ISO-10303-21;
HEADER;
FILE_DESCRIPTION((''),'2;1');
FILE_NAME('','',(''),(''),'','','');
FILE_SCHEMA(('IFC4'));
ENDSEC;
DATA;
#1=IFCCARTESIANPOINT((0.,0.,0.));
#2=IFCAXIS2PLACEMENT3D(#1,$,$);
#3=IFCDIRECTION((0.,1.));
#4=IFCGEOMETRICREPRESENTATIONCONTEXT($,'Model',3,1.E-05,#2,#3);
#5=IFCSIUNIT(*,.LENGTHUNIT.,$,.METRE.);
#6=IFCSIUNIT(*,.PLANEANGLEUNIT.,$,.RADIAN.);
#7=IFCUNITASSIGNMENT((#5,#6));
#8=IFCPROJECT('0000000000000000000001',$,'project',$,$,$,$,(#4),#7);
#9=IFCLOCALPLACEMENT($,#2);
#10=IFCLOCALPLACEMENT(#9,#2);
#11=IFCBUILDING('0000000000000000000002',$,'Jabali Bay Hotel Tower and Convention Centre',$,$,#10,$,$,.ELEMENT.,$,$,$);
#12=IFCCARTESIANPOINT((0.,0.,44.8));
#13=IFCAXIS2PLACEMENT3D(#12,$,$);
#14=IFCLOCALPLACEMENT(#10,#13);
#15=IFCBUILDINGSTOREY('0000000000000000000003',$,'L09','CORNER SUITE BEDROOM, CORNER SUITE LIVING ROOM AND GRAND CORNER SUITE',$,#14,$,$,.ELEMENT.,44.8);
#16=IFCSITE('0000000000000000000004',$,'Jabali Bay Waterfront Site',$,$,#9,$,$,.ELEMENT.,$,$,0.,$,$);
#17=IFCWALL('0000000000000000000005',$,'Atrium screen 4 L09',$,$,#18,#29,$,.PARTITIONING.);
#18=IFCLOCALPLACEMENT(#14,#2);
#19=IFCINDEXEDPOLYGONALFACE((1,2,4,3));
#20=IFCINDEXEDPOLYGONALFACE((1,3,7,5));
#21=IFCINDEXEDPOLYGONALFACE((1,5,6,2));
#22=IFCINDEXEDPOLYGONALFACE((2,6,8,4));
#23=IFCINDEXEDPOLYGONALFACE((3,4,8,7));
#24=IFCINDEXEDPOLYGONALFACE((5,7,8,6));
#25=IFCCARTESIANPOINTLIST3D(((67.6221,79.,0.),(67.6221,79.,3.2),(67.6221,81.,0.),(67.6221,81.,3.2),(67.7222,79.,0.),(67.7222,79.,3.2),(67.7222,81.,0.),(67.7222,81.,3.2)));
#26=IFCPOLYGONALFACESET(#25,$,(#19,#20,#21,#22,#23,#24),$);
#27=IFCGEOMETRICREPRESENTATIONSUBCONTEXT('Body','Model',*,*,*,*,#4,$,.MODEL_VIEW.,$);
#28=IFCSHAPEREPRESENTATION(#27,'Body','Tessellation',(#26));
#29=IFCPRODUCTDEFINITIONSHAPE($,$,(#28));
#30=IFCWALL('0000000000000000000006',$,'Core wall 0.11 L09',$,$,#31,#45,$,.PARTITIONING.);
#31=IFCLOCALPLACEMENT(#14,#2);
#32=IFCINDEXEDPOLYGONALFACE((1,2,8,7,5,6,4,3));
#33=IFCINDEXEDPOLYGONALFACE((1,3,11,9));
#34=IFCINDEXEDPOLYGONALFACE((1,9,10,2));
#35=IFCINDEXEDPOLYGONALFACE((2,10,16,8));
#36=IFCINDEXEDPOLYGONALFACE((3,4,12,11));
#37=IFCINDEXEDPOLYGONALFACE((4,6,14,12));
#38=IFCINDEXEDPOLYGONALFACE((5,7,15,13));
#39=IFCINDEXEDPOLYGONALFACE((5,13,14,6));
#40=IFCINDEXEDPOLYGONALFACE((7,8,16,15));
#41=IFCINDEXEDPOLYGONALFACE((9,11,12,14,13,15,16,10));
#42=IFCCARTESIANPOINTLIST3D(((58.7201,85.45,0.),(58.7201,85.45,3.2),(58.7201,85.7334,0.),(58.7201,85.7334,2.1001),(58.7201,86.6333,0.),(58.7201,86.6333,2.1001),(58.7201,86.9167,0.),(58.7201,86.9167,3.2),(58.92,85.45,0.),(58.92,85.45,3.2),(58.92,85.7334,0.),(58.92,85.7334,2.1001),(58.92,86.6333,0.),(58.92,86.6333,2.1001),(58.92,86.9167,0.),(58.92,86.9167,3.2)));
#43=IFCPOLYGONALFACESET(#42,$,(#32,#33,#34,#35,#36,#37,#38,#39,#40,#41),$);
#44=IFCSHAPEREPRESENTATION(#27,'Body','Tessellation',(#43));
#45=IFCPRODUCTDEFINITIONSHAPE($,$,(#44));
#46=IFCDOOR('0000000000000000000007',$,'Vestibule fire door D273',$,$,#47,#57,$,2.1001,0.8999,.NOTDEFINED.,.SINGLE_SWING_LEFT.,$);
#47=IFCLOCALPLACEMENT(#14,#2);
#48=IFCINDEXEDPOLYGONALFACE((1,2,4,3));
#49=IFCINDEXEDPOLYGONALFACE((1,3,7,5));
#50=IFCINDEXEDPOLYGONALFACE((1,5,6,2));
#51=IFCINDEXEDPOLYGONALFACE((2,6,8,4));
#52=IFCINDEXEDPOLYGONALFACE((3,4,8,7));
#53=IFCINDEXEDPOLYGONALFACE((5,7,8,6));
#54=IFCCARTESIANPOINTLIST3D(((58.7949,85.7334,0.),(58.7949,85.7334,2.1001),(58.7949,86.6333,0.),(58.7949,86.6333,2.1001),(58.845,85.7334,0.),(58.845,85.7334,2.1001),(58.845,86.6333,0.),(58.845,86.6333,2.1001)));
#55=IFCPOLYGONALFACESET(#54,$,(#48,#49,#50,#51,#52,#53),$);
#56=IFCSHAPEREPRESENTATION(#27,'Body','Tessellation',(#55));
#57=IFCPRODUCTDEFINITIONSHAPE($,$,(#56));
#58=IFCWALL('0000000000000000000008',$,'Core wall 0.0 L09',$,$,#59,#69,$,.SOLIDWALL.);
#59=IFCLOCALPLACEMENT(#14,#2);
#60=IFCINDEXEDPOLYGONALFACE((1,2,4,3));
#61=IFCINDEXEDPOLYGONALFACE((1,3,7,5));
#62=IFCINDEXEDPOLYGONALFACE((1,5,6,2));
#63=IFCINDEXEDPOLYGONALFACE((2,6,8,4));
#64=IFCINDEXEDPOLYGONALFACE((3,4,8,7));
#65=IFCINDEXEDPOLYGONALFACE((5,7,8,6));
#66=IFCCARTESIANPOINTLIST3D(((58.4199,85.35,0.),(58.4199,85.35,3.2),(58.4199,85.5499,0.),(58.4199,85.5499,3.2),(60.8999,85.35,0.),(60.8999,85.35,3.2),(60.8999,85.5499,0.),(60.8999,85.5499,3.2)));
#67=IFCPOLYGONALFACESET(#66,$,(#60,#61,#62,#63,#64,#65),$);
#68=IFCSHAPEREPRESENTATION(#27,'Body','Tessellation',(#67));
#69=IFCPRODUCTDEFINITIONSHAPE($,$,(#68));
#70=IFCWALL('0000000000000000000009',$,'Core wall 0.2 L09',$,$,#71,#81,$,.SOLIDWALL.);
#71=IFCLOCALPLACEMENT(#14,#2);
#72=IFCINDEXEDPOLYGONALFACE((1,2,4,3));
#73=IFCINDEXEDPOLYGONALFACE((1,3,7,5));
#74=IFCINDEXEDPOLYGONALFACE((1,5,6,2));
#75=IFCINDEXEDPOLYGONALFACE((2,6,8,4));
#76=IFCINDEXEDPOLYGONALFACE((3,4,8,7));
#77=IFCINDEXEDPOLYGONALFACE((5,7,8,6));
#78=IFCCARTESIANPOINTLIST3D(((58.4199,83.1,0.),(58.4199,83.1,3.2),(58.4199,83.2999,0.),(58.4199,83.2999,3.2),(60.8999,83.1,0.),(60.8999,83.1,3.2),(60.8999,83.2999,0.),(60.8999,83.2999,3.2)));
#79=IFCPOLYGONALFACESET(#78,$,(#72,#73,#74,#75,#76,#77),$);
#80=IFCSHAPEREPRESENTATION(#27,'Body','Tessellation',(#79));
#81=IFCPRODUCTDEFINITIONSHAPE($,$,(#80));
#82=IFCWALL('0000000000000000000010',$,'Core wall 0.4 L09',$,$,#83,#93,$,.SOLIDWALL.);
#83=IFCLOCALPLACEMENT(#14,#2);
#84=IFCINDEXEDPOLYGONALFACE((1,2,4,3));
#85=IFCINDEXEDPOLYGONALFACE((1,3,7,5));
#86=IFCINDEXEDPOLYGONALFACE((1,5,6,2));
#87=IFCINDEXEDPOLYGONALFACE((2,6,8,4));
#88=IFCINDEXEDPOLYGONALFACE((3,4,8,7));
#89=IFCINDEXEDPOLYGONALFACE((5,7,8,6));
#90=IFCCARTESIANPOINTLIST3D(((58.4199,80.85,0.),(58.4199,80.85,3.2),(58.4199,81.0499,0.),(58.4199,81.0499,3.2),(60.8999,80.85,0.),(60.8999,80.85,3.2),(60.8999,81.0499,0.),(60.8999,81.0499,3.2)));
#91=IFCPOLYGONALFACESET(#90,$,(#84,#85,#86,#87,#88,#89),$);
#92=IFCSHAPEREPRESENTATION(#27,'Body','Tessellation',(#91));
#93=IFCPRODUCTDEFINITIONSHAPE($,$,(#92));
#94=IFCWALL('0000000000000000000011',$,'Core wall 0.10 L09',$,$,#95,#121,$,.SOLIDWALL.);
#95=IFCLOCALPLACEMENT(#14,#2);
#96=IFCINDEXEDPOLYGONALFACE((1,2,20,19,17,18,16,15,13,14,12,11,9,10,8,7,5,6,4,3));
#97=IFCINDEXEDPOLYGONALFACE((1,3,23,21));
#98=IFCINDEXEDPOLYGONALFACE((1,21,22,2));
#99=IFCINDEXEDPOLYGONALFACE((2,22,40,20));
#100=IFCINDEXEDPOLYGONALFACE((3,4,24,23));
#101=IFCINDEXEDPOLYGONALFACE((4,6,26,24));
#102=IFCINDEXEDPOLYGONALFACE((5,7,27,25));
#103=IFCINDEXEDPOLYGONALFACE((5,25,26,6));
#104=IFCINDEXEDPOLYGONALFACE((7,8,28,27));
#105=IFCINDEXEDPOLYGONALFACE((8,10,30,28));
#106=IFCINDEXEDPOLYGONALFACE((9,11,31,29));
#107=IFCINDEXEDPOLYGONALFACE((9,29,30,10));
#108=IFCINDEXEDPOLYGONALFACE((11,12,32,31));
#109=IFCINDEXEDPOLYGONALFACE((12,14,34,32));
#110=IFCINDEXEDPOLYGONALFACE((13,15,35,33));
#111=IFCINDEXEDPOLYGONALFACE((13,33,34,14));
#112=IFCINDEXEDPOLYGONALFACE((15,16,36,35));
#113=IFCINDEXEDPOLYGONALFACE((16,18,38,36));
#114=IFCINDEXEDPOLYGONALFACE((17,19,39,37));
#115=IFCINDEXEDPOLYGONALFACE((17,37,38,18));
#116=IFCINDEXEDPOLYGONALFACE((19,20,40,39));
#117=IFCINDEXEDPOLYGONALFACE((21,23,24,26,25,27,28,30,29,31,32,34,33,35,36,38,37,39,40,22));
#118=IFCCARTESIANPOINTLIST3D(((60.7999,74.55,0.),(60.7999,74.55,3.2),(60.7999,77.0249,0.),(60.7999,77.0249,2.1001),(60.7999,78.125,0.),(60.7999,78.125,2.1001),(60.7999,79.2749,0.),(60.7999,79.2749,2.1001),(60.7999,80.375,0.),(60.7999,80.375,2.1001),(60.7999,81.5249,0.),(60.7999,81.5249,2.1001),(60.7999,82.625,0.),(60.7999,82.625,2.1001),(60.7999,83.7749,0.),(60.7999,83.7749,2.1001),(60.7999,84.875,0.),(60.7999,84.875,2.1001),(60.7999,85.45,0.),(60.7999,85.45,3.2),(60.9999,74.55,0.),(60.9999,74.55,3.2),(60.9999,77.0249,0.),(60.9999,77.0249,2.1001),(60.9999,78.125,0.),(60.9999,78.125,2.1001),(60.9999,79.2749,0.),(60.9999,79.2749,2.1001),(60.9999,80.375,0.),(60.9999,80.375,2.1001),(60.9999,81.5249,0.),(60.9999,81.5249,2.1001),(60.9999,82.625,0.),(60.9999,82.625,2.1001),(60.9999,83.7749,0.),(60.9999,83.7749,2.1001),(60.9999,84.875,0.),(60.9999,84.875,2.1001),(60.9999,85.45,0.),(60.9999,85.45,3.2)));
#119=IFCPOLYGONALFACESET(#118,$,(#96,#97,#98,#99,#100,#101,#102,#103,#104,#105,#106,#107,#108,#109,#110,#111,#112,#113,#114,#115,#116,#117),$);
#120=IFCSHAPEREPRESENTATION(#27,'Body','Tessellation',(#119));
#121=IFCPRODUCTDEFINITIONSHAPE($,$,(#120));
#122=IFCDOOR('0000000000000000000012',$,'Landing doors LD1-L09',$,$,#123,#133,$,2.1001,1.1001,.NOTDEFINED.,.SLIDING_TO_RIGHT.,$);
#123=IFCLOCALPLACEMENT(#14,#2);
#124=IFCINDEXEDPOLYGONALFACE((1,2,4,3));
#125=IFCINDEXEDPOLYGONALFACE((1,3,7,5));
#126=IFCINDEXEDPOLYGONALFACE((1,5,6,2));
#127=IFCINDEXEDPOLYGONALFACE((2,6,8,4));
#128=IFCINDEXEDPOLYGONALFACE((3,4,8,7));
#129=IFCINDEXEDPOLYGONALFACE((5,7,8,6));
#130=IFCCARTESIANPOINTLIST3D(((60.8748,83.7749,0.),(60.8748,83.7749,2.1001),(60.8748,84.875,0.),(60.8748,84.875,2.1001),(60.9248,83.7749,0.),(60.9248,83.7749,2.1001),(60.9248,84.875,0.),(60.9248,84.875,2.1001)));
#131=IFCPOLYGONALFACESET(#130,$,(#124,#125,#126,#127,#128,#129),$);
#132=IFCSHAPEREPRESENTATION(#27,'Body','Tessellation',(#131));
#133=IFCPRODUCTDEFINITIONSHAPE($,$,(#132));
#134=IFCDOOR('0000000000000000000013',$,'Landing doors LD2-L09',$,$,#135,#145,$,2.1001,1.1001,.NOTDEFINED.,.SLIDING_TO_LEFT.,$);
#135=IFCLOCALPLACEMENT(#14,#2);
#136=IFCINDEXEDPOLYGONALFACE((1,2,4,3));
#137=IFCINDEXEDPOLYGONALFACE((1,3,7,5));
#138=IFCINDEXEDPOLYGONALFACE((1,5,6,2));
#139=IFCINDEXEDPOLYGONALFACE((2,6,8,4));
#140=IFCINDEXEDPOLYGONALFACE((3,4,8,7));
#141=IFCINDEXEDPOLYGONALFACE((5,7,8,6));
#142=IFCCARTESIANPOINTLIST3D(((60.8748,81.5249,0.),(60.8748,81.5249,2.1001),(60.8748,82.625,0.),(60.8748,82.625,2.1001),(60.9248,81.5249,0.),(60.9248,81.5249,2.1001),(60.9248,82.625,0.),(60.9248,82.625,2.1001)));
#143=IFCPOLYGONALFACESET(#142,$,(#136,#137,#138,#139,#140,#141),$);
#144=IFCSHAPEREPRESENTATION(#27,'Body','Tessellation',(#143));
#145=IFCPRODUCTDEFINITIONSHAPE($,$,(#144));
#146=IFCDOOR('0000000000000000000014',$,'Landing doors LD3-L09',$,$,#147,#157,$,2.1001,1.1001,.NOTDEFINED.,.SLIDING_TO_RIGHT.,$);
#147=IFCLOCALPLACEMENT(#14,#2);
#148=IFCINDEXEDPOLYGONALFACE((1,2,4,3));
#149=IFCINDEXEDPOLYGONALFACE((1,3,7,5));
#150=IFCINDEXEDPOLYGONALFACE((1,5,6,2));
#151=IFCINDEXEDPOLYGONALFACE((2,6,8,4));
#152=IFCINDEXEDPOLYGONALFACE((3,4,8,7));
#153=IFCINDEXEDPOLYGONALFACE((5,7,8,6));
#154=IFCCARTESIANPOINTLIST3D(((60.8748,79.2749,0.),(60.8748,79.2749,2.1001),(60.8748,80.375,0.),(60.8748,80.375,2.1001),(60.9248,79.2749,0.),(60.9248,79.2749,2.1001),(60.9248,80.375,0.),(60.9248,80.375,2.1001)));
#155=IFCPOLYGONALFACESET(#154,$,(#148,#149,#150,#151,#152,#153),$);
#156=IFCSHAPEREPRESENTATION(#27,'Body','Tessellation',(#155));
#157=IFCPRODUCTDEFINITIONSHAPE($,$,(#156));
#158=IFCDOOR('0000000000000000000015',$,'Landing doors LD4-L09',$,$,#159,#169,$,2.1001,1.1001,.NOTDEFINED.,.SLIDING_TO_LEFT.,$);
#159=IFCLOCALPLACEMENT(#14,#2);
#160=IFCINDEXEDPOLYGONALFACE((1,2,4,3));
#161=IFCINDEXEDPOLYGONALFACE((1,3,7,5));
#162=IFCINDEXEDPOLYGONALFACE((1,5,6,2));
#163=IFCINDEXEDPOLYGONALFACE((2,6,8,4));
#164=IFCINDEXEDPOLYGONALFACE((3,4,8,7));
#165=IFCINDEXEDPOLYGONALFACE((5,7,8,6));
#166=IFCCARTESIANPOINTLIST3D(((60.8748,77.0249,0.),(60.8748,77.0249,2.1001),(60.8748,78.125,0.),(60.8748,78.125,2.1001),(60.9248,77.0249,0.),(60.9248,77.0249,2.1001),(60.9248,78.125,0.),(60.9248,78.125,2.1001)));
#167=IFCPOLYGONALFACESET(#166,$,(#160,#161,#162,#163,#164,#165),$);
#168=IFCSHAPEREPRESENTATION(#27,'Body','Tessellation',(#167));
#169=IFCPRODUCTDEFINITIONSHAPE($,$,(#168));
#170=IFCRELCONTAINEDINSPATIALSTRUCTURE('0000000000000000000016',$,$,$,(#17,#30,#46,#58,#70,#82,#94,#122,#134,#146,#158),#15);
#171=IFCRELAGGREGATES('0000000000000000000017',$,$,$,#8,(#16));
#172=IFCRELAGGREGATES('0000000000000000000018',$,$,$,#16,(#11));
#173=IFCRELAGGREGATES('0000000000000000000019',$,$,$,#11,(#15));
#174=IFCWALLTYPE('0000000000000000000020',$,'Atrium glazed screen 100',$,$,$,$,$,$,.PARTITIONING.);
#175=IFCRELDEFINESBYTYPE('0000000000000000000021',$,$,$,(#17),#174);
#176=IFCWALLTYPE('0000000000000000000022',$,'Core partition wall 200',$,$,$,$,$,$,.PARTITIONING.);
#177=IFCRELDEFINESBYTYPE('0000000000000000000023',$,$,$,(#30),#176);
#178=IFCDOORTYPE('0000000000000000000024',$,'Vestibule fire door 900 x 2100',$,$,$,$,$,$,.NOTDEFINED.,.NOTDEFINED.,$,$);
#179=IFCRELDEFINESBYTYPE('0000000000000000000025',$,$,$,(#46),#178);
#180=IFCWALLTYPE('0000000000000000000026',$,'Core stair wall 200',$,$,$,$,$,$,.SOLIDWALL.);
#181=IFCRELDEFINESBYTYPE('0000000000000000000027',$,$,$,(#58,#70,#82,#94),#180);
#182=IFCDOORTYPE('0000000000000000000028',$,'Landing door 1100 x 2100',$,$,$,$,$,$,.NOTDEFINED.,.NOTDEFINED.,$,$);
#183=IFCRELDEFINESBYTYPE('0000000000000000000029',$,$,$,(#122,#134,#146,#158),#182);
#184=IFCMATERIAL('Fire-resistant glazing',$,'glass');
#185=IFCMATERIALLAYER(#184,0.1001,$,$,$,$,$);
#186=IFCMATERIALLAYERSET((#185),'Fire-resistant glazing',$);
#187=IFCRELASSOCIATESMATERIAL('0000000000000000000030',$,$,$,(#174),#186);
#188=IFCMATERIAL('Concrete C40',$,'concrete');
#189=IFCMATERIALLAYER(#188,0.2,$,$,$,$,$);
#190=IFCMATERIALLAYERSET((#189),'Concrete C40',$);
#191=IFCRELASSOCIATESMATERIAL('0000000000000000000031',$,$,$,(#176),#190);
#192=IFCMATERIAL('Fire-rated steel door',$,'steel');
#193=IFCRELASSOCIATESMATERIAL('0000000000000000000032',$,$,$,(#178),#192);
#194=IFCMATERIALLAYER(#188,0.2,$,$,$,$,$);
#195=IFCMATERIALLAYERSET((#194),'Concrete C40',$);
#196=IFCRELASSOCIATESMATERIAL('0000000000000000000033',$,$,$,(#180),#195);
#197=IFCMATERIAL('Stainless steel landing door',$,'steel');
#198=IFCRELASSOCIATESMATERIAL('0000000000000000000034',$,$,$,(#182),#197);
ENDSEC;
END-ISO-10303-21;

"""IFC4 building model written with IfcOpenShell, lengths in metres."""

from ifc_helpers import new_model, si_unit, direction, frame, frame_2d, origin, place, context, subcontext, project, spatial, rectangle, extrude, material, layer, layer_set, type_object, element, fill, save


model = new_model("IFC4")

# Units and contexts
model_context = context("Model", 3, precision=1e-05, world=origin(), true_north=direction((0.0, 1.0)))
body_context = subcontext(model_context, "Body", "Model", "MODEL_VIEW")
ifc_project = project(units=[si_unit("LENGTHUNIT", "METRE"), si_unit("PLANEANGLEUNIT", "RADIAN")], contexts=[model_context])

# Site, building, storey
site_placement = place(None, origin())
site = spatial("IfcSite", under=ifc_project, at=site_placement, Name="Jabali Bay Waterfront Site", CompositionType="ELEMENT", RefElevation=0.0)
building_placement = place(site_placement, origin())
building = spatial("IfcBuilding", under=site, at=building_placement, Name="Jabali Bay Hotel Tower and Convention Centre", CompositionType="ELEMENT")
storey_placement = place(building_placement, frame((0.0, 0.0, 44.8)))
storey = spatial("IfcBuildingStorey", under=building, at=storey_placement, Name="L09", Description="CORNER SUITE BEDROOM, CORNER SUITE LIVING ROOM AND GRAND CORNER SUITE", CompositionType="ELEMENT", Elevation=44.8)

# Wall
ifc_material_1 = material(Name="Fire-resistant glazing", Category="glass")
ifc_layer_1 = layer(ifc_material_1, 0.1001)
ifc_layer_set_1 = layer_set([ifc_layer_1], Name="Fire-resistant glazing")
wall_type_1 = type_object("IfcWallType", Name="Atrium glazed screen 100", PredefinedType="PARTITIONING", material=ifc_layer_set_1)
wall_1_placement = place(storey_placement, frame((67.6721, 81.0, 0.0), z_axis=(0.0, 0.0, 1.0), x_axis=(0.0, -1.0, 0.0)))
element("IfcWall", 1, at=wall_1_placement, inside=storey, type_object=wall_type_1, Name="Atrium screen 4 L09", PredefinedType="PARTITIONING", context=body_context, shape_type="SweptSolid", body=[
    extrude(rectangle(XDim=2.0, YDim=0.1001, at=frame_2d((1.0, 0.0))), origin(), (0.0, 0.0, 1.0), 3.2),
])

# Wall, opening, door
ifc_material_2 = material(Name="Concrete C40", Category="concrete")
ifc_layer_2 = layer(ifc_material_2, 0.2)
ifc_layer_set_2 = layer_set([ifc_layer_2], Name="Concrete C40")
wall_type_2 = type_object("IfcWallType", Name="Core partition wall 200", PredefinedType="PARTITIONING", material=ifc_layer_set_2)
wall_2_placement = place(storey_placement, frame((58.8201, 86.9167, 0.0), z_axis=(0.0, 0.0, 1.0), x_axis=(0.0, -1.0, 0.0)))
wall_2 = element("IfcWall", 2, at=wall_2_placement, inside=storey, type_object=wall_type_2, Name="Core wall 0.11 L09", PredefinedType="PARTITIONING", context=body_context, shape_type="SweptSolid", body=[
    extrude(rectangle(XDim=1.4668, YDim=0.2, at=frame_2d((0.7334, 0.0))), origin(), (0.0, 0.0, 1.0), 3.2),
])
opening_1_placement = place(wall_2_placement, frame((0.2834, 0.0, 0.0)))
opening_1 = element("IfcOpeningElement", 3, at=opening_1_placement, cuts=wall_2, PredefinedType="OPENING", context=body_context, shape_type="SweptSolid", body=[
    extrude(rectangle(XDim=0.8999, YDim=2.1001, at=frame_2d((0.45, 1.05))), frame((0.0, 0.1104, 0.0), z_axis=(0.0, -1.0, 0.0), x_axis=(1.0, 0.0, 0.0)), (0.0, 0.0, 1.0), 0.2209),
])
ifc_material_3 = material(Name="Fire-rated steel door", Category="steel")
door_type_1 = type_object("IfcDoorType", Name="Vestibule fire door 900 x 2100", OperationType="NOTDEFINED", PredefinedType="NOTDEFINED", material=ifc_material_3)
door_1_placement = place(opening_1_placement, origin())
door_1 = element("IfcDoor", 4, at=door_1_placement, inside=storey, type_object=door_type_1, Name="Vestibule fire door D273", OperationType="SINGLE_SWING_LEFT", OverallHeight=2.1001, OverallWidth=0.8999, PredefinedType="NOTDEFINED", context=body_context, shape_type="SweptSolid", body=[
    extrude(rectangle(XDim=0.8999, YDim=2.1001, at=frame_2d((0.45, 1.05))), frame((0.0, 0.0249, 0.0), z_axis=(0.0, -1.0, 0.0), x_axis=(1.0, 0.0, 0.0)), (0.0, 0.0, 1.0), 0.05),
])
fill(opening_1, door_1)

# Walls
ifc_layer_3 = layer(ifc_material_2, 0.2)
ifc_layer_set_3 = layer_set([ifc_layer_3], Name="Concrete C40")
wall_type_3 = type_object("IfcWallType", Name="Core stair wall 200", PredefinedType="SOLIDWALL", material=ifc_layer_set_3)
for number, where, z_axis, x_axis, name in (
    (5, (60.8999, 85.45, 0.0), (0.0, 0.0, 1.0), (-1.0, 0.0, 0.0), "Core wall 0.0 L09"),
    (6, (60.8999, 83.2, 0.0), (0.0, 0.0, 1.0), (-1.0, 0.0, 0.0), "Core wall 0.2 L09"),
    (7, (60.8999, 80.95, 0.0), (0.0, 0.0, 1.0), (-1.0, 0.0, 0.0), "Core wall 0.4 L09"),
):
    element("IfcWall", number, at=place(storey_placement, frame(where, z_axis=z_axis, x_axis=x_axis)), inside=storey, type_object=wall_type_3, Name=name, PredefinedType="SOLIDWALL", context=body_context, shape_type="SweptSolid", body=[
        extrude(rectangle(XDim=2.48, YDim=0.2, at=frame_2d((1.24, 0.0))), origin(), (0.0, 0.0, 1.0), 3.2),
    ])

# Wall, openings, doors
wall_3_placement = place(storey_placement, frame((60.8999, 85.45, 0.0), z_axis=(0.0, 0.0, 1.0), x_axis=(0.0, -1.0, 0.0)))
wall_3 = element("IfcWall", 8, at=wall_3_placement, inside=storey, type_object=wall_type_3, Name="Core wall 0.10 L09", PredefinedType="SOLIDWALL", context=body_context, shape_type="SweptSolid", body=[
    extrude(rectangle(XDim=10.8999, YDim=0.2, at=frame_2d((5.45, 0.0))), origin(), (0.0, 0.0, 1.0), 3.2),
])
opening_2_placement = place(wall_3_placement, frame((0.575, 0.0, 0.0)))
opening_2 = element("IfcOpeningElement", 9, at=opening_2_placement, cuts=wall_3, PredefinedType="OPENING", context=body_context, shape_type="SweptSolid", body=[
    extrude(rectangle(XDim=1.1001, YDim=2.1001, at=frame_2d((0.55, 1.05))), frame((0.0, 0.1104, 0.0), z_axis=(0.0, -1.0, 0.0), x_axis=(1.0, 0.0, 0.0)), (0.0, 0.0, 1.0), 0.2209),
])
opening_3_placement = place(wall_3_placement, frame((2.825, 0.0, 0.0)))
opening_3 = element("IfcOpeningElement", 10, at=opening_3_placement, cuts=wall_3, PredefinedType="OPENING", context=body_context, shape_type="SweptSolid", body=[
    extrude(rectangle(XDim=1.1001, YDim=2.1001, at=frame_2d((0.55, 1.05))), frame((0.0, 0.1104, 0.0), z_axis=(0.0, -1.0, 0.0), x_axis=(1.0, 0.0, 0.0)), (0.0, 0.0, 1.0), 0.2209),
])
opening_4_placement = place(wall_3_placement, frame((5.075, 0.0, 0.0)))
opening_4 = element("IfcOpeningElement", 11, at=opening_4_placement, cuts=wall_3, PredefinedType="OPENING", context=body_context, shape_type="SweptSolid", body=[
    extrude(rectangle(XDim=1.1001, YDim=2.1001, at=frame_2d((0.55, 1.05))), frame((0.0, 0.1104, 0.0), z_axis=(0.0, -1.0, 0.0), x_axis=(1.0, 0.0, 0.0)), (0.0, 0.0, 1.0), 0.2209),
])
opening_5_placement = place(wall_3_placement, frame((7.325, 0.0, 0.0)))
opening_5 = element("IfcOpeningElement", 12, at=opening_5_placement, cuts=wall_3, PredefinedType="OPENING", context=body_context, shape_type="SweptSolid", body=[
    extrude(rectangle(XDim=1.1001, YDim=2.1001, at=frame_2d((0.55, 1.05))), frame((0.0, 0.1104, 0.0), z_axis=(0.0, -1.0, 0.0), x_axis=(1.0, 0.0, 0.0)), (0.0, 0.0, 1.0), 0.2209),
])
ifc_material_4 = material(Name="Stainless steel landing door", Category="steel")
door_type_2 = type_object("IfcDoorType", Name="Landing door 1100 x 2100", OperationType="NOTDEFINED", PredefinedType="NOTDEFINED", material=ifc_material_4)
door_2_placement = place(opening_2_placement, origin())
door_2 = element("IfcDoor", 13, at=door_2_placement, inside=storey, type_object=door_type_2, Name="Landing doors LD1-L09", OperationType="SLIDING_TO_RIGHT", OverallHeight=2.1001, OverallWidth=1.1001, PredefinedType="NOTDEFINED", context=body_context, shape_type="SweptSolid", body=[
    extrude(rectangle(XDim=1.1001, YDim=2.1001, at=frame_2d((0.55, 1.05))), frame((0.0, 0.0249, 0.0), z_axis=(0.0, -1.0, 0.0), x_axis=(1.0, 0.0, 0.0)), (0.0, 0.0, 1.0), 0.05),
])
fill(opening_2, door_2)
door_3_placement = place(opening_3_placement, origin())
door_3 = element("IfcDoor", 14, at=door_3_placement, inside=storey, type_object=door_type_2, Name="Landing doors LD2-L09", OperationType="SLIDING_TO_LEFT", OverallHeight=2.1001, OverallWidth=1.1001, PredefinedType="NOTDEFINED", context=body_context, shape_type="SweptSolid", body=[
    extrude(rectangle(XDim=1.1001, YDim=2.1001, at=frame_2d((0.55, 1.05))), frame((0.0, 0.0249, 0.0), z_axis=(0.0, -1.0, 0.0), x_axis=(1.0, 0.0, 0.0)), (0.0, 0.0, 1.0), 0.05),
])
fill(opening_3, door_3)
door_4_placement = place(opening_4_placement, origin())
door_4 = element("IfcDoor", 15, at=door_4_placement, inside=storey, type_object=door_type_2, Name="Landing doors LD3-L09", OperationType="SLIDING_TO_RIGHT", OverallHeight=2.1001, OverallWidth=1.1001, PredefinedType="NOTDEFINED", context=body_context, shape_type="SweptSolid", body=[
    extrude(rectangle(XDim=1.1001, YDim=2.1001, at=frame_2d((0.55, 1.05))), frame((0.0, 0.0249, 0.0), z_axis=(0.0, -1.0, 0.0), x_axis=(1.0, 0.0, 0.0)), (0.0, 0.0, 1.0), 0.05),
])
fill(opening_4, door_4)
door_5_placement = place(opening_5_placement, origin())
door_5 = element("IfcDoor", 16, at=door_5_placement, inside=storey, type_object=door_type_2, Name="Landing doors LD4-L09", OperationType="SLIDING_TO_LEFT", OverallHeight=2.1001, OverallWidth=1.1001, PredefinedType="NOTDEFINED", context=body_context, shape_type="SweptSolid", body=[
    extrude(rectangle(XDim=1.1001, YDim=2.1001, at=frame_2d((0.55, 1.05))), frame((0.0, 0.0249, 0.0), z_axis=(0.0, -1.0, 0.0), x_axis=(1.0, 0.0, 0.0)), (0.0, 0.0, 1.0), 0.05),
])
fill(opening_5, door_5)

save(model, "model.ifc")
